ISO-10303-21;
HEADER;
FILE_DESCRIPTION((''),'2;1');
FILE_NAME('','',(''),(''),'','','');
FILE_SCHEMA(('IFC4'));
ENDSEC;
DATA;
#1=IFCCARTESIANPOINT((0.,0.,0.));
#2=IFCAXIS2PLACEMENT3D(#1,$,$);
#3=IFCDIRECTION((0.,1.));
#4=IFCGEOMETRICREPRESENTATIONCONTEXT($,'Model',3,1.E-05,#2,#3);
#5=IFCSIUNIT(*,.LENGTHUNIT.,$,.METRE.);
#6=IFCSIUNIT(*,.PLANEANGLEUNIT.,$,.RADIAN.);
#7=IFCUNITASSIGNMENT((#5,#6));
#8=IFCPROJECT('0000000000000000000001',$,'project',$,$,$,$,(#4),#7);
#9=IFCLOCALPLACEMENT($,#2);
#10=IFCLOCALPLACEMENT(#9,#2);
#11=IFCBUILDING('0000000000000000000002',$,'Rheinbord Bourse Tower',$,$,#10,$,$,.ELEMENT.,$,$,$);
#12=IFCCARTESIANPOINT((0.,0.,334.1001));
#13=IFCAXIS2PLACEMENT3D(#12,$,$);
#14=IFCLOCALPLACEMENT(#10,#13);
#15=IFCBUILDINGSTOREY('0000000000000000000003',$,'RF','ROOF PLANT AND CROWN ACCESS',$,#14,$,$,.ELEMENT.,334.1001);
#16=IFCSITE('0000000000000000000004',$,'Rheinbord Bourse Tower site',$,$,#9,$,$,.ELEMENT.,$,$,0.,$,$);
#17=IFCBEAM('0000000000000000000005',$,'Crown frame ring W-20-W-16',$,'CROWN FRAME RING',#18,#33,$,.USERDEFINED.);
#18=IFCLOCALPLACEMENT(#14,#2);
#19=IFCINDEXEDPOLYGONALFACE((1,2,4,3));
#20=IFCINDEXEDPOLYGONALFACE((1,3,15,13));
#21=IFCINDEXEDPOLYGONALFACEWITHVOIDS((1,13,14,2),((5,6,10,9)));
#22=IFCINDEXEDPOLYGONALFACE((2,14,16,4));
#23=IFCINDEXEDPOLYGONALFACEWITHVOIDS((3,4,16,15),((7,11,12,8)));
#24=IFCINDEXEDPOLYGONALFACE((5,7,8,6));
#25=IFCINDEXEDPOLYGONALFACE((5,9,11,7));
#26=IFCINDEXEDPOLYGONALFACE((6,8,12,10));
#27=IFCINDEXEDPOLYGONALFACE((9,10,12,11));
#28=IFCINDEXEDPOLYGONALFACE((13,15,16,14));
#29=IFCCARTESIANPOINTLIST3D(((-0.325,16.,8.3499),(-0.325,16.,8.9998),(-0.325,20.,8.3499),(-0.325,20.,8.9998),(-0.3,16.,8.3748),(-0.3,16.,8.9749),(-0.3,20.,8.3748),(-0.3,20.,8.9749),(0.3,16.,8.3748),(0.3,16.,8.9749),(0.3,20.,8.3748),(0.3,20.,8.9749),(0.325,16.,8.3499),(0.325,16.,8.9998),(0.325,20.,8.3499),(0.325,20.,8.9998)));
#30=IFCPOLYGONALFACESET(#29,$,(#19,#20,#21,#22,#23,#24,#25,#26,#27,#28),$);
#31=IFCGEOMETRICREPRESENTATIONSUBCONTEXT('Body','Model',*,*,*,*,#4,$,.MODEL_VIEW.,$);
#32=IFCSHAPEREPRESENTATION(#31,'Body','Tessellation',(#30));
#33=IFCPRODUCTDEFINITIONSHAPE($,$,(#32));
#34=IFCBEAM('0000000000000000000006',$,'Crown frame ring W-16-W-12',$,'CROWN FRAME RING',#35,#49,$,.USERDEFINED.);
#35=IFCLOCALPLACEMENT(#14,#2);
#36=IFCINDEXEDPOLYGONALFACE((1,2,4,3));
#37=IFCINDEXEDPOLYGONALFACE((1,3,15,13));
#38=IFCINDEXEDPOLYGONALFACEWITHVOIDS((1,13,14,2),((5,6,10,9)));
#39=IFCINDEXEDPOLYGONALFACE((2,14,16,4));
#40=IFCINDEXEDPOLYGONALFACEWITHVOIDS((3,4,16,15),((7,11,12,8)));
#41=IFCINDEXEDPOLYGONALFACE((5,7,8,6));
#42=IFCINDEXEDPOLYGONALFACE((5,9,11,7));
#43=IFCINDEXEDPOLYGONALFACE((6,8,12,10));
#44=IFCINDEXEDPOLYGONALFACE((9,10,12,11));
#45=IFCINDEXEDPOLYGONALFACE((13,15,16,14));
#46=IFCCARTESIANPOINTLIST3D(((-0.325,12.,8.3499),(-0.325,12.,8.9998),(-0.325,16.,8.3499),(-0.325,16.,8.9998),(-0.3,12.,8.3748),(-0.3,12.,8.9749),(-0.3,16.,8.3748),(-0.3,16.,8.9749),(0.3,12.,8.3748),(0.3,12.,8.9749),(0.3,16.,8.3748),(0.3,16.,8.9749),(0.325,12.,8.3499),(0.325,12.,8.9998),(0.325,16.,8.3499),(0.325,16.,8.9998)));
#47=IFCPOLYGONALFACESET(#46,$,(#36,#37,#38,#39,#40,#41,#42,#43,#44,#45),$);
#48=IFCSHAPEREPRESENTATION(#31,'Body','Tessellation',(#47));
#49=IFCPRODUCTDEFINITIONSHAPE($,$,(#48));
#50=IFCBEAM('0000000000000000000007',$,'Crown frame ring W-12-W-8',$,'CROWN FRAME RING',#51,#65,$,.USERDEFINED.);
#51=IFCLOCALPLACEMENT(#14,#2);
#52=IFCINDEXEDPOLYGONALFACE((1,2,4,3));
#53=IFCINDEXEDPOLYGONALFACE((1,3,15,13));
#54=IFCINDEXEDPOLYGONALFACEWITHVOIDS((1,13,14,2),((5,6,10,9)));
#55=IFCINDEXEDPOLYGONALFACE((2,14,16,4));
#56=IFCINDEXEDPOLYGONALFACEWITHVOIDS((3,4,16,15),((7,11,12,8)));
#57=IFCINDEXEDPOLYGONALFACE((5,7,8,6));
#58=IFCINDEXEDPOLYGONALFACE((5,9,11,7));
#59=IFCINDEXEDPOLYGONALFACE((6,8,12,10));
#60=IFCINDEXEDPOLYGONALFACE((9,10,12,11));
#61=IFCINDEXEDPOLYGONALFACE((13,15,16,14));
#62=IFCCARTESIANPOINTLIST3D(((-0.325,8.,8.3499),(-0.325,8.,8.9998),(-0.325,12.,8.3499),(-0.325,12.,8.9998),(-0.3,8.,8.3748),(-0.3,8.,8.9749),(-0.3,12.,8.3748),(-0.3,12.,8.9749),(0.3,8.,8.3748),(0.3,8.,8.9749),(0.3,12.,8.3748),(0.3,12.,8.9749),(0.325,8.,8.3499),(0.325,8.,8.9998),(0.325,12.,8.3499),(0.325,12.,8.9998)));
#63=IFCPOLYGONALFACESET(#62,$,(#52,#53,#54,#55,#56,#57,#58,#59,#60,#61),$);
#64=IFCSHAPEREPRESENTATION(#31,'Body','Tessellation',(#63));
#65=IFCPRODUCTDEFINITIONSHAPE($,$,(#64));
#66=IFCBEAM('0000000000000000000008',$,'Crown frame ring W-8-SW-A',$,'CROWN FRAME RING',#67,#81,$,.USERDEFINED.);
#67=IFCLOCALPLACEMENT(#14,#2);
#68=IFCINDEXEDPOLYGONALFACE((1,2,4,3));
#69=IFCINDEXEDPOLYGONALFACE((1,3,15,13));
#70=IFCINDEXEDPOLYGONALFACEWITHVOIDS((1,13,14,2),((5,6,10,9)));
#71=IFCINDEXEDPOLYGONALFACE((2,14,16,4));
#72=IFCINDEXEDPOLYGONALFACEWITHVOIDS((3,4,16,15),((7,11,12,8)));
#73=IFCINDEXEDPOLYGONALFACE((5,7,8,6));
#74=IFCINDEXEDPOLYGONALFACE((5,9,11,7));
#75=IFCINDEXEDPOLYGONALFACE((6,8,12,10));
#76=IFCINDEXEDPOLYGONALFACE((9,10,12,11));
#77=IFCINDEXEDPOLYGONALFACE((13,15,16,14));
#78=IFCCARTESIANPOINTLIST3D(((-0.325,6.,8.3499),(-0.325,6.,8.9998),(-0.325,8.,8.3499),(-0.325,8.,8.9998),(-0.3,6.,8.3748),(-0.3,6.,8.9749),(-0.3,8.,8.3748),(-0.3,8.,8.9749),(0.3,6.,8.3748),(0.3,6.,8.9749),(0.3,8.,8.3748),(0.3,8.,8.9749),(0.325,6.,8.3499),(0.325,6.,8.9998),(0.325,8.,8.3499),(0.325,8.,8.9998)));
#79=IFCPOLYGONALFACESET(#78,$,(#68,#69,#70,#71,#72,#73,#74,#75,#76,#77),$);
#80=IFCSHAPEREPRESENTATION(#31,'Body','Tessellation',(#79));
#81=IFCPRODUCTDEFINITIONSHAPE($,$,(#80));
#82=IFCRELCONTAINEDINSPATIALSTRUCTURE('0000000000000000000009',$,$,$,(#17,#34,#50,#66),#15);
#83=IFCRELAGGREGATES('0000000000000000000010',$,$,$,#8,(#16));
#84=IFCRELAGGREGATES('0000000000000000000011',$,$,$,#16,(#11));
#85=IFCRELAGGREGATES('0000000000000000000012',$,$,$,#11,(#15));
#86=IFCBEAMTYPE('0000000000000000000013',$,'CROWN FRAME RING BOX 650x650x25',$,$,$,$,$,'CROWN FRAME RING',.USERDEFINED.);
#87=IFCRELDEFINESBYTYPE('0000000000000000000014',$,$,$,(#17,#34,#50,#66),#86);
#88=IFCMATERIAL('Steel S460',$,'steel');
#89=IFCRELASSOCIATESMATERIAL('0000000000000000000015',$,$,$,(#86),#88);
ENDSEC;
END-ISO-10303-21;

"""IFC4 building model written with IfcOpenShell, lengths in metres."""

from ifc_helpers import new_model, si_unit, direction, frame, origin, origin_2d, place, context, subcontext, project, spatial, hollow_rectangle, extrude, material, material_profile, profile_set, type_object, element, save


model = new_model("IFC4")

# Units and contexts
model_context = context("Model", 3, precision=1e-05, world=origin(), true_north=direction((0.0, 1.0)))
body_context = subcontext(model_context, "Body", "Model", "MODEL_VIEW")
ifc_project = project(units=[si_unit("LENGTHUNIT", "METRE"), si_unit("PLANEANGLEUNIT", "RADIAN")], contexts=[model_context])

# Site, building, storey
site_placement = place(None, origin())
site = spatial("IfcSite", under=ifc_project, at=site_placement, Name="Rheinbord Bourse Tower site", CompositionType="ELEMENT", RefElevation=0.0)
building_placement = place(site_placement, origin())
building = spatial("IfcBuilding", under=site, at=building_placement, Name="Rheinbord Bourse Tower", CompositionType="ELEMENT")
storey_placement = place(building_placement, frame((0.0, 0.0, 334.1001)))
storey = spatial("IfcBuildingStorey", under=building, at=storey_placement, Name="RF", Description="ROOF PLANT AND CROWN ACCESS", CompositionType="ELEMENT", Elevation=334.1001)

# Beams
ifc_material_1 = material(Name="Steel S460", Category="steel")
ifc_material_profile_1 = material_profile(ifc_material_1, hollow_rectangle(XDim=0.6499, YDim=0.6499, WallThickness=0.0249, at=origin_2d()), Name="BOX 650x650x25")
ifc_profile_set_1 = profile_set([ifc_material_profile_1], Name="Steel S460")
beam_type = type_object("IfcBeamType", Name="CROWN FRAME RING BOX 650x650x25", ElementType="CROWN FRAME RING", PredefinedType="USERDEFINED", material=ifc_profile_set_1)
for number, where, z_axis, x_axis, name in (
    (1, (0.0, 20.0, 8.6748), (0.0, -1.0, 0.0), (1.0, 0.0, 0.0), "Crown frame ring W-20-W-16"),
    (2, (0.0, 16.0, 8.6748), (0.0, -1.0, 0.0), (1.0, 0.0, 0.0), "Crown frame ring W-16-W-12"),
    (3, (0.0, 12.0, 8.6748), (0.0, -1.0, 0.0), (1.0, 0.0, 0.0), "Crown frame ring W-12-W-8"),
):
    element("IfcBeam", number, at=place(storey_placement, frame(where, z_axis=z_axis, x_axis=x_axis)), inside=storey, type_object=beam_type, Name=name, ObjectType="CROWN FRAME RING", PredefinedType="USERDEFINED", context=body_context, shape_type="SweptSolid", body=[
        extrude(hollow_rectangle(XDim=0.6499, YDim=0.6499, WallThickness=0.0249, at=origin_2d()), origin(), (0.0, 0.0, 1.0), 4.0),
    ])
beam_placement = place(storey_placement, frame((0.0, 8.0, 8.6748), z_axis=(0.0, -1.0, 0.0), x_axis=(1.0, 0.0, 0.0)))
element("IfcBeam", 4, at=beam_placement, inside=storey, type_object=beam_type, Name="Crown frame ring W-8-SW-A", ObjectType="CROWN FRAME RING", PredefinedType="USERDEFINED", context=body_context, shape_type="SweptSolid", body=[
    extrude(hollow_rectangle(XDim=0.6499, YDim=0.6499, WallThickness=0.0249, at=origin_2d()), origin(), (0.0, 0.0, 1.0), 2.0),
])

save(model, "model.ifc")
